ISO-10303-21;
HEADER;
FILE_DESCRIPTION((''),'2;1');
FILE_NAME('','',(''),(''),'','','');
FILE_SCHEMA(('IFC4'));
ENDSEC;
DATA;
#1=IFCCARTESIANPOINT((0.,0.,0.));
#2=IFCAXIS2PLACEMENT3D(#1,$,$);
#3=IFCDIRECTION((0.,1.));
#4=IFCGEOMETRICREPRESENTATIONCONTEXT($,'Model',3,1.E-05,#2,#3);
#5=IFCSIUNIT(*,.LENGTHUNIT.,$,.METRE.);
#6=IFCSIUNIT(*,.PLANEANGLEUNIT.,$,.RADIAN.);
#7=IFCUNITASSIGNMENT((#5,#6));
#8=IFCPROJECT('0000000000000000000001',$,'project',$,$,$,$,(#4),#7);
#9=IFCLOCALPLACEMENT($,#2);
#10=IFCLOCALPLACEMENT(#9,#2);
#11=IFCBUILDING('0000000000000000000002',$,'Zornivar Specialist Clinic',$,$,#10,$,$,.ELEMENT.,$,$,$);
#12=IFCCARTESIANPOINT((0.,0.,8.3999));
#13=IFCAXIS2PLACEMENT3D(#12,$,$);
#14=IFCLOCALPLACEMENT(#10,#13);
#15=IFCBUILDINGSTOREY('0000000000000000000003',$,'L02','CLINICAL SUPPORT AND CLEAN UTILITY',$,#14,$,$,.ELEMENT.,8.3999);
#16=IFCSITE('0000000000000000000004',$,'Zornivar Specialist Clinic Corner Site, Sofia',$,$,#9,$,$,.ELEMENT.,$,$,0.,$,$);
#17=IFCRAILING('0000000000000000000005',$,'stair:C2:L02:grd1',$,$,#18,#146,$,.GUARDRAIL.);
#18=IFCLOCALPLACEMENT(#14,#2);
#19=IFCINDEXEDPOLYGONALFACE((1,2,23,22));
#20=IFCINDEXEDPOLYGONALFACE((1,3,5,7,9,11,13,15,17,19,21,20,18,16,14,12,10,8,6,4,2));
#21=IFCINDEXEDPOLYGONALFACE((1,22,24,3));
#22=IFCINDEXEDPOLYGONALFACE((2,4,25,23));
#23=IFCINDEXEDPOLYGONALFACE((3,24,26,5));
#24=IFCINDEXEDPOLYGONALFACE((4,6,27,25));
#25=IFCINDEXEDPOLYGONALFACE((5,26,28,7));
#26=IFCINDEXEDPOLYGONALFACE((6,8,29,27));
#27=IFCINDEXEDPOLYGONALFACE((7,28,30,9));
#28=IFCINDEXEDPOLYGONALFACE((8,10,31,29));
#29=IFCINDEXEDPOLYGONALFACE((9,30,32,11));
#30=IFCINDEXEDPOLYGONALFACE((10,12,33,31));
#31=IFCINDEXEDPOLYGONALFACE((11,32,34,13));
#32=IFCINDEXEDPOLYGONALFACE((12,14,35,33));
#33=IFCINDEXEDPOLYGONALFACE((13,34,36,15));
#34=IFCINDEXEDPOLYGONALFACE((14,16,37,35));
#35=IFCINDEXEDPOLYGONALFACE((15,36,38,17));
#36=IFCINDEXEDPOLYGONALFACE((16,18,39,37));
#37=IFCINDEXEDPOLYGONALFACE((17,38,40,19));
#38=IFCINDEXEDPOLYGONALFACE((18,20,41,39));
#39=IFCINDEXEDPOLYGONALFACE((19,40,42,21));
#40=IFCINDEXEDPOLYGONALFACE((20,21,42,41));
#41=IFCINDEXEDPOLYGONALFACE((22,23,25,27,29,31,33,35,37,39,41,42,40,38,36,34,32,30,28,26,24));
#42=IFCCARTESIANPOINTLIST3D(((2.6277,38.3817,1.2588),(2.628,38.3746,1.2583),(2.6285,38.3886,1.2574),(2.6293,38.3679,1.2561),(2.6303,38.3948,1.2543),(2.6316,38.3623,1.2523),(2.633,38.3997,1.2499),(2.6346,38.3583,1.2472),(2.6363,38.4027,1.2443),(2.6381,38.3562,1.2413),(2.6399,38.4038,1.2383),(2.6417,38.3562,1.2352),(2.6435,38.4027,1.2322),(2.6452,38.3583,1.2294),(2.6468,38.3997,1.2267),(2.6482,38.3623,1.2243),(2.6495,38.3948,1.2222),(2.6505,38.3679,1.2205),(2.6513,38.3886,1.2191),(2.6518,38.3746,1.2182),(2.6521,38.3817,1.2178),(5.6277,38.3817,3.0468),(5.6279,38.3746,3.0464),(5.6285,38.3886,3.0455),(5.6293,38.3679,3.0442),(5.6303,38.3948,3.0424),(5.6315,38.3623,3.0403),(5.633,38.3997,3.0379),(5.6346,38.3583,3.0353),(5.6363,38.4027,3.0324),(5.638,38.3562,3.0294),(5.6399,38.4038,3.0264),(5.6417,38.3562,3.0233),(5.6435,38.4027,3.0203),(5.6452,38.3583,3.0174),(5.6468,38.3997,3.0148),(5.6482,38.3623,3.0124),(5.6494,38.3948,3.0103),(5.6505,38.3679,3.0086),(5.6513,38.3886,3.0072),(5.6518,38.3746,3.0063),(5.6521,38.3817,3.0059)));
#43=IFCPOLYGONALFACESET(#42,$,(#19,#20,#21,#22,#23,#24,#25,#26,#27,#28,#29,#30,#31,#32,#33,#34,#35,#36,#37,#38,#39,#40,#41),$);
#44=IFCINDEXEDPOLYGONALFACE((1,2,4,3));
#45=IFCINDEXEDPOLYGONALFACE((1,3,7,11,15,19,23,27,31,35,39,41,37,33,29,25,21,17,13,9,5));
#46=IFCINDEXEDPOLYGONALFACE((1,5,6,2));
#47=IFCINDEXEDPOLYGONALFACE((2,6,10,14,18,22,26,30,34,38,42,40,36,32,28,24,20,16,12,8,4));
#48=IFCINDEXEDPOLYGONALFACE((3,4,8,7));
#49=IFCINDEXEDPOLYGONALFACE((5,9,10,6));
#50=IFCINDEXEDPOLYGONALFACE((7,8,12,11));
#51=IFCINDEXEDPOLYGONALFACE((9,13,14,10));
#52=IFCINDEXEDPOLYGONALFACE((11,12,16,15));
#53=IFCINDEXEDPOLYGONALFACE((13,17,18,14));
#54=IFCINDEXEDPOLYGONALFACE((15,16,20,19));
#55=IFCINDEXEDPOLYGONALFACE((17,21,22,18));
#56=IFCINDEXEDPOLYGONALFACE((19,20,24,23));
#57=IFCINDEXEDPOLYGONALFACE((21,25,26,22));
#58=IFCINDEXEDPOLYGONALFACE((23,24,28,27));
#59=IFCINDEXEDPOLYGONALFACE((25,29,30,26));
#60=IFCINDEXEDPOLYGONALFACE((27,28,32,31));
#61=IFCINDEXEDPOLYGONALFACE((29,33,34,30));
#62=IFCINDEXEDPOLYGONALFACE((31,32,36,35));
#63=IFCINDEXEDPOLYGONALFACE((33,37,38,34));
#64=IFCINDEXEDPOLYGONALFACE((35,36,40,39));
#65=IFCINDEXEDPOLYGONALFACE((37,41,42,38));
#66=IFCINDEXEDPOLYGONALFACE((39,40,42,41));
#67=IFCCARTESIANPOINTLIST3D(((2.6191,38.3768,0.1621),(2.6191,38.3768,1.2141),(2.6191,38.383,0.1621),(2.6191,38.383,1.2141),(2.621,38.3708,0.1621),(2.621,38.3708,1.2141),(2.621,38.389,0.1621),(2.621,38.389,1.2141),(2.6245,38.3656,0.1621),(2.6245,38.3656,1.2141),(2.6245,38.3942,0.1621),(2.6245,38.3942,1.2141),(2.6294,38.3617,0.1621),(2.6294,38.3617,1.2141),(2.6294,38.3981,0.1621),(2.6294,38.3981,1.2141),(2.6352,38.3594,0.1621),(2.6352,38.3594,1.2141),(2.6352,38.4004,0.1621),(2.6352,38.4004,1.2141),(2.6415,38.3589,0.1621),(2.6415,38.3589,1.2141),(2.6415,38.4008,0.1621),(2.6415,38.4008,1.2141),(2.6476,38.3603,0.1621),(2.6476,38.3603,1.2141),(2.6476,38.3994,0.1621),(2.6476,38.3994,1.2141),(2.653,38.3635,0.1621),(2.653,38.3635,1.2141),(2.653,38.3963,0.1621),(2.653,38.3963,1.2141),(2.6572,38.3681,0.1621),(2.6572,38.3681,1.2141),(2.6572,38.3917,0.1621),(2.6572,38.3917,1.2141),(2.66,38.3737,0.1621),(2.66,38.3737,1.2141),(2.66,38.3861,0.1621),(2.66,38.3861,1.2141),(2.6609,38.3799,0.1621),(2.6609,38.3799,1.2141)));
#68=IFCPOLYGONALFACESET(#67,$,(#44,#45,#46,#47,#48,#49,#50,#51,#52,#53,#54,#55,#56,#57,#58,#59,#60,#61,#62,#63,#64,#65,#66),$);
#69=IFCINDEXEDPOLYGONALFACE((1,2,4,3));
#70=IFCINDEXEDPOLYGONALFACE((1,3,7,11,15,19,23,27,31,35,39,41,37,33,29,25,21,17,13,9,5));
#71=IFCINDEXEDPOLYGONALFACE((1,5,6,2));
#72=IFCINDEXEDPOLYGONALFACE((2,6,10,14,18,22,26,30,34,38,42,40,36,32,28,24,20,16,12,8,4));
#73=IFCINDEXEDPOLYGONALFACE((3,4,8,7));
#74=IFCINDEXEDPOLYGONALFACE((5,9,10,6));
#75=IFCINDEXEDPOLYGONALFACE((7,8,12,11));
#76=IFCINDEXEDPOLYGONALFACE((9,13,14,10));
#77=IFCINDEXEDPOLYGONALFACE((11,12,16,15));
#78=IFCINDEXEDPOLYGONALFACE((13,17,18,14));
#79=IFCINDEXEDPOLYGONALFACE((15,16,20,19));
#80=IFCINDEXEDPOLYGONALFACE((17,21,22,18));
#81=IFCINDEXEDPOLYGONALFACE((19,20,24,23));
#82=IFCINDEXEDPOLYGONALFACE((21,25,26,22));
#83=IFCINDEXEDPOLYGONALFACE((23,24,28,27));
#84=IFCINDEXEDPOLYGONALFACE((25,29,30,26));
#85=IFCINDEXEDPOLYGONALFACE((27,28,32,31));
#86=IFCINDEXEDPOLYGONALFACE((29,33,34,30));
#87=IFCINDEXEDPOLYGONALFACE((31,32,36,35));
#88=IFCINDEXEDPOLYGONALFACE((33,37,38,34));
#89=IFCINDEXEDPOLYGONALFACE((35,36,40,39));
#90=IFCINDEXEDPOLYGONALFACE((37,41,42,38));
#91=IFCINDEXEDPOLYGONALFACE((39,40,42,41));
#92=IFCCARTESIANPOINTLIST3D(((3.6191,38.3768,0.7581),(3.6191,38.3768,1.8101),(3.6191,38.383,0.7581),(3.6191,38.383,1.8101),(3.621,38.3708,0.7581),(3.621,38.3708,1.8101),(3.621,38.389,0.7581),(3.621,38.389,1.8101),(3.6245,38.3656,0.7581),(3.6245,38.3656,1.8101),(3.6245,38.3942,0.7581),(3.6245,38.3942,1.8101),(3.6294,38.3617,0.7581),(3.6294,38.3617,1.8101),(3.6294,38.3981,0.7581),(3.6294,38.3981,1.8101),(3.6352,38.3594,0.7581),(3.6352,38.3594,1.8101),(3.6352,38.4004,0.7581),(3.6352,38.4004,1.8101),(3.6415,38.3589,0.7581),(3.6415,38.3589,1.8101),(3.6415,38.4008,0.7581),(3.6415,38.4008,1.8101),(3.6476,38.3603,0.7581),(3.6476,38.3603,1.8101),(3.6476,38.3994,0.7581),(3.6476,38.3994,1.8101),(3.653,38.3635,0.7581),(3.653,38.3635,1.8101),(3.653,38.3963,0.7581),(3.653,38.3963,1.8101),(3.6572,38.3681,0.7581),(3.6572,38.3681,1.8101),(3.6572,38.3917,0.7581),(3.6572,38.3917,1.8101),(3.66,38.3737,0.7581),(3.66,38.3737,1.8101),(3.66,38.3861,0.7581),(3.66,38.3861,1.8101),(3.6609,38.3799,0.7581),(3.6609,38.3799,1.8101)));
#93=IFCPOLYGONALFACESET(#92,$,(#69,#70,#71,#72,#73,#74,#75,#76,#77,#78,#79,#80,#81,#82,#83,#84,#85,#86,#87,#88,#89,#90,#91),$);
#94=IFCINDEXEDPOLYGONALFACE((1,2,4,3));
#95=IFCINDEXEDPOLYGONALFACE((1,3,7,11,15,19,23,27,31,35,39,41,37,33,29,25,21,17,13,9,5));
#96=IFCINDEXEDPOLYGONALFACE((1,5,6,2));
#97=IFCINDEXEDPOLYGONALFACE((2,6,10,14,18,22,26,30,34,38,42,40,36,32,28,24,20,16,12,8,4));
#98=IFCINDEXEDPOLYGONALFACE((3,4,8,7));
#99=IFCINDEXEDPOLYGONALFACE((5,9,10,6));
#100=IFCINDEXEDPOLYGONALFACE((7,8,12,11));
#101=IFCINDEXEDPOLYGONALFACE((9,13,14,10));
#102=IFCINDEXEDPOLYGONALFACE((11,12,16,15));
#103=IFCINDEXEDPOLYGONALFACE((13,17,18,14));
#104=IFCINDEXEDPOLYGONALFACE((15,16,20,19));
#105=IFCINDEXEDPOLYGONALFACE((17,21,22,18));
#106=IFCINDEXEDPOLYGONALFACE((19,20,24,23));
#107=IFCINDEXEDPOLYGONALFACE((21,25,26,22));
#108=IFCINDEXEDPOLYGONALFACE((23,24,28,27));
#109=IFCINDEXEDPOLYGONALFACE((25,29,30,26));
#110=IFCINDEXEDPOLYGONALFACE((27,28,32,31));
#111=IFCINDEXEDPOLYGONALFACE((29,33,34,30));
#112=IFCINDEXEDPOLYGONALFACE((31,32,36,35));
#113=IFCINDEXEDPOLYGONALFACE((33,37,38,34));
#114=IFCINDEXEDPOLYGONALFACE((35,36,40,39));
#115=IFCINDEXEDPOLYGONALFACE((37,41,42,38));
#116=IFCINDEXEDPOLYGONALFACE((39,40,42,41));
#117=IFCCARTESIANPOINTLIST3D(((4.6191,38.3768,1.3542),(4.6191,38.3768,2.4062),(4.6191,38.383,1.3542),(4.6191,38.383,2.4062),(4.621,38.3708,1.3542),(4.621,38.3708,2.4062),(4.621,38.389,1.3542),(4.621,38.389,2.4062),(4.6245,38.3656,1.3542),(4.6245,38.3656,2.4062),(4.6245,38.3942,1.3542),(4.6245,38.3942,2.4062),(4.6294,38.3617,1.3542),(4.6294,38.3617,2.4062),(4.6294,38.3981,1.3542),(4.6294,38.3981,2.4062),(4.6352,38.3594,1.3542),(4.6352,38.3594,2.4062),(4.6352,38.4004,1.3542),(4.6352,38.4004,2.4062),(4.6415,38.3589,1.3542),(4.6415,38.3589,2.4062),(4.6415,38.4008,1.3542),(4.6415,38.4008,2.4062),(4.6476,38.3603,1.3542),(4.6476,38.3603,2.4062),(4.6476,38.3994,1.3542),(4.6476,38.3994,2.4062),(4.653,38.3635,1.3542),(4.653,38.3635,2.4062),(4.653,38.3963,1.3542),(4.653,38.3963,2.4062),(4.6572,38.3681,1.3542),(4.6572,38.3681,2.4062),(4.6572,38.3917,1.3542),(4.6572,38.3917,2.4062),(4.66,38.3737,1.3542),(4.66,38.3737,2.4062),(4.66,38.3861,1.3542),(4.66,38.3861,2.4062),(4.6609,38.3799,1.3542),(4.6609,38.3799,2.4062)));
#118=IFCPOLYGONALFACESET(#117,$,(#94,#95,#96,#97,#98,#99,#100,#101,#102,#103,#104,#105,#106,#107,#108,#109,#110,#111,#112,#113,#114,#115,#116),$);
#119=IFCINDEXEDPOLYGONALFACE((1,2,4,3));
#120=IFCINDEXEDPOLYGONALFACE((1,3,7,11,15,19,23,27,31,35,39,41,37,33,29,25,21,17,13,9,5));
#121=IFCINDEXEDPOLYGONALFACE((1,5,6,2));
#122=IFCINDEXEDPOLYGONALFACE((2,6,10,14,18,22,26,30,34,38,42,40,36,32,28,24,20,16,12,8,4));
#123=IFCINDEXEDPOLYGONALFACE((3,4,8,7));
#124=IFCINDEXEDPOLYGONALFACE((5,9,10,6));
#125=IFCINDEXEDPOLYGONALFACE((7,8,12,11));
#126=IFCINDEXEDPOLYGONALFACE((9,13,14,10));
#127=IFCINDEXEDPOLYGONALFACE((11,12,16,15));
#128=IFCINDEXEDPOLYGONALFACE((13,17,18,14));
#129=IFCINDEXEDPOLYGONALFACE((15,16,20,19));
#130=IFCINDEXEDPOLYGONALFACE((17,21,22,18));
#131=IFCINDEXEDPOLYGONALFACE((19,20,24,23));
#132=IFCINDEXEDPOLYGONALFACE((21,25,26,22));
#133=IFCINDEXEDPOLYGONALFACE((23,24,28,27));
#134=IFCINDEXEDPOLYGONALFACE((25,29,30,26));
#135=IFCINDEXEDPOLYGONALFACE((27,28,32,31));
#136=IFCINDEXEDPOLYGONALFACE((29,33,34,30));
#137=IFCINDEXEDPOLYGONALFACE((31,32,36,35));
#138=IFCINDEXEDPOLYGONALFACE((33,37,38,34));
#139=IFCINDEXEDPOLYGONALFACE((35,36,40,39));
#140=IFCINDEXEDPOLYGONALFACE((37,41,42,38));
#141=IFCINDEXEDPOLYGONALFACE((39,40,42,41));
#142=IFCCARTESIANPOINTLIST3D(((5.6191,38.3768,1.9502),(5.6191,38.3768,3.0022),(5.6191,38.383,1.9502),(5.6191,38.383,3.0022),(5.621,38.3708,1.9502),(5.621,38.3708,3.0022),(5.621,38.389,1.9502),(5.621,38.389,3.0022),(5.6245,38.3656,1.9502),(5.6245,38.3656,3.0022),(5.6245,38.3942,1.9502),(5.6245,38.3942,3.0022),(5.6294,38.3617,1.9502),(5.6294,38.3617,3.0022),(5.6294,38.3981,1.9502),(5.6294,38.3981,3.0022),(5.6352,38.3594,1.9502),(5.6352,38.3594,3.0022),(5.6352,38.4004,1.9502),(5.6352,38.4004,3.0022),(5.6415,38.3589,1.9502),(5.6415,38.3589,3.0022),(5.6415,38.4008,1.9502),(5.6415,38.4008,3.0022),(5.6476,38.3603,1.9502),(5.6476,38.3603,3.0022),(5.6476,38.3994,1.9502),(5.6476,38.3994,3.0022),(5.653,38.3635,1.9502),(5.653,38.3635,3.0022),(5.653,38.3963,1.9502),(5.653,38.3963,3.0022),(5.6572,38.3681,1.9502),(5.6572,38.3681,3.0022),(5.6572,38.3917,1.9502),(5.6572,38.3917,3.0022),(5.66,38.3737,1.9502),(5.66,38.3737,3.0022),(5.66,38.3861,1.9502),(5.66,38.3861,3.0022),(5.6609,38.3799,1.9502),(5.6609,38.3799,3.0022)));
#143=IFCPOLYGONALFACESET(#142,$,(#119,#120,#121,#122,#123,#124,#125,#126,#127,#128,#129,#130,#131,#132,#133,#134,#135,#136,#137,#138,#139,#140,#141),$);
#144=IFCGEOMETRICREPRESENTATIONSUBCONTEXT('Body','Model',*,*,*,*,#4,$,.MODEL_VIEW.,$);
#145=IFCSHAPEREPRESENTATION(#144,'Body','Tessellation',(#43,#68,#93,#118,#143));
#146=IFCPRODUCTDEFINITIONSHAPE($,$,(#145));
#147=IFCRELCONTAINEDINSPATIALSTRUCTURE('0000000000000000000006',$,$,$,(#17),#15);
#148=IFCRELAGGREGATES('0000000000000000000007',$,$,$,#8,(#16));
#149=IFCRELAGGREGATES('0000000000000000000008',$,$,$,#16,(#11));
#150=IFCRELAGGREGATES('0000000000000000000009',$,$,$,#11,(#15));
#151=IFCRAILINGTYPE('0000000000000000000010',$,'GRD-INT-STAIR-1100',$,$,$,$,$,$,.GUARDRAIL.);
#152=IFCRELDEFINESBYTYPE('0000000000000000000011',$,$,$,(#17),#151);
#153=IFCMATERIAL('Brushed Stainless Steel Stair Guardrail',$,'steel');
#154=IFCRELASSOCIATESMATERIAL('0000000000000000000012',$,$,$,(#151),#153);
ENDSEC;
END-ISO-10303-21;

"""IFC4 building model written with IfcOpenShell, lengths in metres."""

from ifc_helpers import new_model, si_unit, direction, frame, origin, origin_2d, place, context, subcontext, project, spatial, circle, extrude, material, type_object, element, save


model = new_model("IFC4")

# Units and contexts
model_context = context("Model", 3, precision=1e-05, world=origin(), true_north=direction((0.0, 1.0)))
body_context = subcontext(model_context, "Body", "Model", "MODEL_VIEW")
ifc_project = project(units=[si_unit("LENGTHUNIT", "METRE"), si_unit("PLANEANGLEUNIT", "RADIAN")], contexts=[model_context])

# Site, building, storey
site_placement = place(None, origin())
site = spatial("IfcSite", under=ifc_project, at=site_placement, Name="Zornivar Specialist Clinic Corner Site, Sofia", CompositionType="ELEMENT", RefElevation=0.0)
building_placement = place(site_placement, origin())
building = spatial("IfcBuilding", under=site, at=building_placement, Name="Zornivar Specialist Clinic", CompositionType="ELEMENT")
storey_placement = place(building_placement, frame((0.0, 0.0, 8.3999)))
storey = spatial("IfcBuildingStorey", under=building, at=storey_placement, Name="L02", Description="CLINICAL SUPPORT AND CLEAN UTILITY", CompositionType="ELEMENT", Elevation=8.3999)

# Railing
ifc_material_1 = material(Name="Brushed Stainless Steel Stair Guardrail", Category="steel")
railing_type_1 = type_object("IfcRailingType", Name="GRD-INT-STAIR-1100", PredefinedType="GUARDRAIL", material=ifc_material_1)
railing_1_placement = place(storey_placement, frame((2.6399, 38.3799, 0.1621)))
element("IfcRailing", 1, at=railing_1_placement, inside=storey, type_object=railing_type_1, Name="stair:C2:L02:grd1", PredefinedType="GUARDRAIL", context=body_context, shape_type="SweptSolid", body=[
    extrude(circle(Radius=0.0239, at=origin_2d()), frame((0.0, 0.0, 1.0762), z_axis=(0.858994, 0.0, 0.511985), x_axis=(0.0, 1.0, 0.0)), (0.0, 0.0, 1.0), 3.4924),
    extrude(circle(Radius=0.021, at=origin_2d()), origin(), (0.0, 0.0, 1.0), 1.052),
    extrude(circle(Radius=0.021, at=origin_2d()), frame((1.0, 0.0, 0.5959)), (0.0, 0.0, 1.0), 1.052),
    extrude(circle(Radius=0.021, at=origin_2d()), frame((2.0, 0.0, 1.1921)), (0.0, 0.0, 1.0), 1.052),
    extrude(circle(Radius=0.021, at=origin_2d()), frame((3.0, 0.0, 1.7881)), (0.0, 0.0, 1.0), 1.052),
])

save(model, "model.ifc")
